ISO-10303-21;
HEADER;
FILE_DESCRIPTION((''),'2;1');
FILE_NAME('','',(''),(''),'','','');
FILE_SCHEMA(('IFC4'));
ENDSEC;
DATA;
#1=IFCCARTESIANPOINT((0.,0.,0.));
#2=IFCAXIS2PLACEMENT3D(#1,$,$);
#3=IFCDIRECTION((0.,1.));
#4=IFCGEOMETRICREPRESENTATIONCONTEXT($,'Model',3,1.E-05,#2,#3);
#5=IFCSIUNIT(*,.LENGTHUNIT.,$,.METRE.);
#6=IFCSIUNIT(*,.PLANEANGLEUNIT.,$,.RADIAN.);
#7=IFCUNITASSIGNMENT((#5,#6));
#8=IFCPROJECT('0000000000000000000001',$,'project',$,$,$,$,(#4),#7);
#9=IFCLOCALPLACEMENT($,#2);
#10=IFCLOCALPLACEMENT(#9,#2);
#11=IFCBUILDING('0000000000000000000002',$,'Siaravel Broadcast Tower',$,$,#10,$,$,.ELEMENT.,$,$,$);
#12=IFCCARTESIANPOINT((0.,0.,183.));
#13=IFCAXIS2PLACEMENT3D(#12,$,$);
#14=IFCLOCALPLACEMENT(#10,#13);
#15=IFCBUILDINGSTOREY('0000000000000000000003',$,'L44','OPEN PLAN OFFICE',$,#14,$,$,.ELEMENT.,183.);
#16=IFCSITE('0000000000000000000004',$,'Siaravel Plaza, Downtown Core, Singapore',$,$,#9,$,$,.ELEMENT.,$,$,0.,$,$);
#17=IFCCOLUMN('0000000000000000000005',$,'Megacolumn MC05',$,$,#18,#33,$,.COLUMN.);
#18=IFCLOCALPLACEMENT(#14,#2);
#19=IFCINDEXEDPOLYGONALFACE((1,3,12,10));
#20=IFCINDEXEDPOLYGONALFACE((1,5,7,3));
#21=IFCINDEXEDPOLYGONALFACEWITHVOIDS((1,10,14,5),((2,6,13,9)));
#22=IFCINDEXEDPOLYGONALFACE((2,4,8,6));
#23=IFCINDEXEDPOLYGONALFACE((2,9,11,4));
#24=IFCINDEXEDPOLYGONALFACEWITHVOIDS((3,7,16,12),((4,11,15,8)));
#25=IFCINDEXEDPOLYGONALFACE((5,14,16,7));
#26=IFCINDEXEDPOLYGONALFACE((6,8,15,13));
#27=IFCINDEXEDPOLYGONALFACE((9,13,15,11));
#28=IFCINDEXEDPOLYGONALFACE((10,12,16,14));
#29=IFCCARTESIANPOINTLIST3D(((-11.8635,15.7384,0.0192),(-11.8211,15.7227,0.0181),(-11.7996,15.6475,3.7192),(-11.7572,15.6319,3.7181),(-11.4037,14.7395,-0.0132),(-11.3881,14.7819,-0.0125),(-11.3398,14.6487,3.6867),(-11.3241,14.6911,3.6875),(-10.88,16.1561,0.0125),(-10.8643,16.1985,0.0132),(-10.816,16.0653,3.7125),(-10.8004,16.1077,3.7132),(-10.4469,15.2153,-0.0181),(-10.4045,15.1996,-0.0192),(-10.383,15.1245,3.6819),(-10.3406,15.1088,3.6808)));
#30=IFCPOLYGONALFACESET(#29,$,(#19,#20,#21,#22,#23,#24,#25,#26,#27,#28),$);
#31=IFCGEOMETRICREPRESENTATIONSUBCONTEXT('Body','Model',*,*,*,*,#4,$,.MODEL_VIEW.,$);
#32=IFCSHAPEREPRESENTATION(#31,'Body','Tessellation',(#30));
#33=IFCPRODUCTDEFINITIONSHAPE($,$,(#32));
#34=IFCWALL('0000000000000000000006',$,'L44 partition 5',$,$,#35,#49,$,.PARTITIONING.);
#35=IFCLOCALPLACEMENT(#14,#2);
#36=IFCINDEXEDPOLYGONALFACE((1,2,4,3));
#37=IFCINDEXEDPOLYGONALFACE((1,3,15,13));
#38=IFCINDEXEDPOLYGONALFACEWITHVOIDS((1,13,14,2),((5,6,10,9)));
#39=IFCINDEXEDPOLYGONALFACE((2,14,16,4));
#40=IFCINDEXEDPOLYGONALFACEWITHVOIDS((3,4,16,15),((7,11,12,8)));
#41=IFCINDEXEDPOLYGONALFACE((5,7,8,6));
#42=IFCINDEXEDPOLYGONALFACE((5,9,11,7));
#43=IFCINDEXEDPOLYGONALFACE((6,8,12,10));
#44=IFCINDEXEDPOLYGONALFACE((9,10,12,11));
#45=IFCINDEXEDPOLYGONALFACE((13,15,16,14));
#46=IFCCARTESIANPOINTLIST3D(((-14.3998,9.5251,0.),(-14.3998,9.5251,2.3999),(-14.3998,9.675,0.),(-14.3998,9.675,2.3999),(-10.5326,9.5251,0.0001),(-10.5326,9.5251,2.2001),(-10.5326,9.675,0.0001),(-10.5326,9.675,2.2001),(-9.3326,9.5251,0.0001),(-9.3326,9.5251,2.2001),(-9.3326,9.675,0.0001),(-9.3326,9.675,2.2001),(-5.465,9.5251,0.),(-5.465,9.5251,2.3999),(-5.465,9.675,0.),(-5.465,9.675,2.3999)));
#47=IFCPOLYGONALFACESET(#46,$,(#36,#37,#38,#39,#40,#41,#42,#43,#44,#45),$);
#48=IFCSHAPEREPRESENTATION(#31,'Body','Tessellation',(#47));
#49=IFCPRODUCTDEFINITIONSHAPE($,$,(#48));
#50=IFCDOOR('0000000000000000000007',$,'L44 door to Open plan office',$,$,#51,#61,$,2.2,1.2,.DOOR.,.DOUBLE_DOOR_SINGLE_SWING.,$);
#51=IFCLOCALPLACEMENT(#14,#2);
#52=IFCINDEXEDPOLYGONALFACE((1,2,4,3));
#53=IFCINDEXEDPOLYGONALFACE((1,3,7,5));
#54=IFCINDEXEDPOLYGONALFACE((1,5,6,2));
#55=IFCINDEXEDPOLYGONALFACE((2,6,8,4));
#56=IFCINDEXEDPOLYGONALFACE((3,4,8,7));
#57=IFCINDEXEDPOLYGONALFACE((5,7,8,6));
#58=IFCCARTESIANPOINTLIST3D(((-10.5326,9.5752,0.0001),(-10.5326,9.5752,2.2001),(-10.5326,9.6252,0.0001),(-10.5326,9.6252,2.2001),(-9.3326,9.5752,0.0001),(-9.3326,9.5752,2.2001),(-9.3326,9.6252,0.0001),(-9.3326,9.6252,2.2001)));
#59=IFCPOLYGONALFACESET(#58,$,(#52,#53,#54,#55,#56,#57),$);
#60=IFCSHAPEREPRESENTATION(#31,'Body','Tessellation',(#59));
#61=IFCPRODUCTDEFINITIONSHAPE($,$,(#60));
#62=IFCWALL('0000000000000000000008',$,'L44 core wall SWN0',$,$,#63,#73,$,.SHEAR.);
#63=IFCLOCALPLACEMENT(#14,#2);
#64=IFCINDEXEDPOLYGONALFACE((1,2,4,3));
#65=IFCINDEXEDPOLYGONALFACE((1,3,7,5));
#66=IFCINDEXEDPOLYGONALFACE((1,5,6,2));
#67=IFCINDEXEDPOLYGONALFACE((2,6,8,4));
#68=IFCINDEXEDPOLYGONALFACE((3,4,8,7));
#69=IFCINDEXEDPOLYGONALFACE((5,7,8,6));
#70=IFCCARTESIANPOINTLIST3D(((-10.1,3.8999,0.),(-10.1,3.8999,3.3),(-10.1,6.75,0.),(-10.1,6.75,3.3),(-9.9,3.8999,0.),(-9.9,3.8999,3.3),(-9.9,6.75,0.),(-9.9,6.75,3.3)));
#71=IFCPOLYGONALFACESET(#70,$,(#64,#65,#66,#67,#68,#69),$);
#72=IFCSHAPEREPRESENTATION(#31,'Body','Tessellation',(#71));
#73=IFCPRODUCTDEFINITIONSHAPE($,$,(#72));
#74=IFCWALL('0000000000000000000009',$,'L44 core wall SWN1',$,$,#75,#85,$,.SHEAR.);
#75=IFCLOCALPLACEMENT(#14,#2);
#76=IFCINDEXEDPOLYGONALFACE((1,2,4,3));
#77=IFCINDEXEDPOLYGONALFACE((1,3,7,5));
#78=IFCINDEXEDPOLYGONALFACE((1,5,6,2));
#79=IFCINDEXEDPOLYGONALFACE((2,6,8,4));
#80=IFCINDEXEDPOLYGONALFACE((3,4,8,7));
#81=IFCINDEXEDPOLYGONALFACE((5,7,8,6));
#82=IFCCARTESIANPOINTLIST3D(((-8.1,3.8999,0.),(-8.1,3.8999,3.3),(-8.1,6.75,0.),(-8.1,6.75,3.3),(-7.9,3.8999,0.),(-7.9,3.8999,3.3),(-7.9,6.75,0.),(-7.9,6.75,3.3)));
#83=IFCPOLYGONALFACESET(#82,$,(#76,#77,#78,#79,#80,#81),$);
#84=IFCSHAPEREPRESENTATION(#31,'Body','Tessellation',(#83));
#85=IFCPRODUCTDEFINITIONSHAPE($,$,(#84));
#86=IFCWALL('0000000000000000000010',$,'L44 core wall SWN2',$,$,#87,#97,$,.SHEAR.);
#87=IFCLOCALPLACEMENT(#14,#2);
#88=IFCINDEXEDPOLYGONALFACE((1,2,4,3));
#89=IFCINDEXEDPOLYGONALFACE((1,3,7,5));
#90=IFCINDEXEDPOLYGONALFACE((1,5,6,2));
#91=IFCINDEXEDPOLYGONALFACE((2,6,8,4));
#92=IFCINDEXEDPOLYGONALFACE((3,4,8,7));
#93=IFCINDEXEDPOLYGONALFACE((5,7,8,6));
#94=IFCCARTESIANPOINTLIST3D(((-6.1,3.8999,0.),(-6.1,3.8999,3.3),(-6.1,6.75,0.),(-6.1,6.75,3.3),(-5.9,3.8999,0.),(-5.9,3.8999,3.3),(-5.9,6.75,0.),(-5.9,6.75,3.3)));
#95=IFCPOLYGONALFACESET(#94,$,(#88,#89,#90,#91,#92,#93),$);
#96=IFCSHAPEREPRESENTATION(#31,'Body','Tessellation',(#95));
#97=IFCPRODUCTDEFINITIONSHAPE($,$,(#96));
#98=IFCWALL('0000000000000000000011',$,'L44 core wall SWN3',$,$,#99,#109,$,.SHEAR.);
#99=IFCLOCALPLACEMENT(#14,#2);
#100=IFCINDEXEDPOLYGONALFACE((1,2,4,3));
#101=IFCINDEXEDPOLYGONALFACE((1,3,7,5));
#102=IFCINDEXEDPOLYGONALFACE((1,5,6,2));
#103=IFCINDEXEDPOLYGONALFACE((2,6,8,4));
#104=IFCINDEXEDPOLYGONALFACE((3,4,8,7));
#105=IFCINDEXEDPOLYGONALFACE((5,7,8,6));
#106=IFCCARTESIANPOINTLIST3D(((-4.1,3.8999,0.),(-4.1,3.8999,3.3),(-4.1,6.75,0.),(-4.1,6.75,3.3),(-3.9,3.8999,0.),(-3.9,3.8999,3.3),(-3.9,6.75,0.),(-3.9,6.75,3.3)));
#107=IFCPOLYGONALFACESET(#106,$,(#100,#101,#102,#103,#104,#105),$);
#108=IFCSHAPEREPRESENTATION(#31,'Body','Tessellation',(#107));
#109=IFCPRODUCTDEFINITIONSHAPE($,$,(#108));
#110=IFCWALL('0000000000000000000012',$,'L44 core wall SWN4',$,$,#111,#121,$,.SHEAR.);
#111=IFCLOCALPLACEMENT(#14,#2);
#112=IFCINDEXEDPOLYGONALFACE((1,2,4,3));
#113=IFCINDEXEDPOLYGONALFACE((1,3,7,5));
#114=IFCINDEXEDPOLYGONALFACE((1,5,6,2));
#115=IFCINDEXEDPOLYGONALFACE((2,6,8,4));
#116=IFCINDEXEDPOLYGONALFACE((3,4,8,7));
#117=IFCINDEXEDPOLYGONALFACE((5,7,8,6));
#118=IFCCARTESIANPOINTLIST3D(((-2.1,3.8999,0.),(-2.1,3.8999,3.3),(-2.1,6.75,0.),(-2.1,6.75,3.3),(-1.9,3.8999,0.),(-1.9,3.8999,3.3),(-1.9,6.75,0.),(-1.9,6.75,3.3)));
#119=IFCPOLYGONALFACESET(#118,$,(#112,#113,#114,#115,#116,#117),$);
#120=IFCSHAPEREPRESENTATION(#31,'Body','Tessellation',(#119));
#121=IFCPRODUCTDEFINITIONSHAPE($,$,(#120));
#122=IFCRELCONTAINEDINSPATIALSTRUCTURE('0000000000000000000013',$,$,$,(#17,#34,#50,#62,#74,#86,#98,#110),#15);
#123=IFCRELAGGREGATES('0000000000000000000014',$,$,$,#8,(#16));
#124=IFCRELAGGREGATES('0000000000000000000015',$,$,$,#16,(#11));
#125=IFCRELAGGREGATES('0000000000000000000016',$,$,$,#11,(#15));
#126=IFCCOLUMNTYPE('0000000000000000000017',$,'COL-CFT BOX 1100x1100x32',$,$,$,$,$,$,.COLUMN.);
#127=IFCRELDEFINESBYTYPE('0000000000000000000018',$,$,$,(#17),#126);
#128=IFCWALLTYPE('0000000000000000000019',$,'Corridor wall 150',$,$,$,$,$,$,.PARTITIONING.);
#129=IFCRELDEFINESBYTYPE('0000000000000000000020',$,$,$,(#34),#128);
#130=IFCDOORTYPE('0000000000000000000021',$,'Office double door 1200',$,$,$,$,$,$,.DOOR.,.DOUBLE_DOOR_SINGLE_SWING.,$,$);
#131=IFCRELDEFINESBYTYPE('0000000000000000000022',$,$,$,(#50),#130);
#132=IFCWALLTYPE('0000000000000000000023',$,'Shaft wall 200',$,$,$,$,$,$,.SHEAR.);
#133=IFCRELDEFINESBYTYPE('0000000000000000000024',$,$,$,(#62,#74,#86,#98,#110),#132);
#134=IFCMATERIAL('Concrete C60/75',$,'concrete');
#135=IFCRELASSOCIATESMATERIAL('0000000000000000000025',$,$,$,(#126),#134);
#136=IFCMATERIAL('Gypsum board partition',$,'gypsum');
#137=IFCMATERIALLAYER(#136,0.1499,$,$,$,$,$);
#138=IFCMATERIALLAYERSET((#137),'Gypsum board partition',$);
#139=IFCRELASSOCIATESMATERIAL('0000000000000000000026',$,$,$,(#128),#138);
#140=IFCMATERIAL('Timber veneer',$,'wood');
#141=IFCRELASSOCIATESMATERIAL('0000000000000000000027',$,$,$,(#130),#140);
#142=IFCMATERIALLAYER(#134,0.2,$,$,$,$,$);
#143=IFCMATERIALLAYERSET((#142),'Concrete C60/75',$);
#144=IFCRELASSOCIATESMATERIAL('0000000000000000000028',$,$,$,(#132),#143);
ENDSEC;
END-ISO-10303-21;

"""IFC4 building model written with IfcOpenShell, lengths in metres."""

from ifc_helpers import new_model, si_unit, direction, frame, frame_2d, origin, origin_2d, place, context, subcontext, project, spatial, rectangle, hollow_rectangle, extrude, material, layer, layer_set, material_profile, profile_set, type_object, element, fill, save


model = new_model("IFC4")

# Units and contexts
model_context = context("Model", 3, precision=1e-05, world=origin(), true_north=direction((0.0, 1.0)))
body_context = subcontext(model_context, "Body", "Model", "MODEL_VIEW")
ifc_project = project(units=[si_unit("LENGTHUNIT", "METRE"), si_unit("PLANEANGLEUNIT", "RADIAN")], contexts=[model_context])

# Site, building, storey
site_placement = place(None, origin())
site = spatial("IfcSite", under=ifc_project, at=site_placement, Name="Siaravel Plaza, Downtown Core, Singapore", CompositionType="ELEMENT", RefElevation=0.0)
building_placement = place(site_placement, origin())
building = spatial("IfcBuilding", under=site, at=building_placement, Name="Siaravel Broadcast Tower", CompositionType="ELEMENT")
storey_placement = place(building_placement, frame((0.0, 0.0, 183.0)))
storey = spatial("IfcBuildingStorey", under=building, at=storey_placement, Name="L44", Description="OPEN PLAN OFFICE", CompositionType="ELEMENT", Elevation=183.0)

# Column
ifc_material_1 = material(Name="Concrete C60/75", Category="concrete")
ifc_material_profile = material_profile(ifc_material_1, hollow_rectangle(XDim=1.1001, YDim=1.1001, WallThickness=0.032, at=origin_2d()))
ifc_profile_set = profile_set([ifc_material_profile], Name="Concrete C60/75")
column_type = type_object("IfcColumnType", Name="COL-CFT BOX 1100x1100x32", PredefinedType="COLUMN", material=ifc_profile_set)
column_placement = place(storey_placement, frame((-11.134, 15.469, 0.0), z_axis=(0.01728, -0.024535, 0.99955), x_axis=(0.9083, 0.418284, -0.005435)))
element("IfcColumn", 1, at=column_placement, inside=storey, type_object=column_type, Name="Megacolumn MC05", PredefinedType="COLUMN", context=body_context, shape_type="SweptSolid", body=[
    extrude(hollow_rectangle(XDim=1.1001, YDim=1.1001, WallThickness=0.032, at=origin_2d()), origin(), (0.0, 0.0, 1.0), 3.7017),
])

# Shared definitions
ifc_material_2 = material(Name="Timber veneer", Category="wood")

# Wall, opening, door
ifc_material_3 = material(Name="Gypsum board partition", Category="gypsum")
ifc_layer_1 = layer(ifc_material_3, 0.1499)
ifc_layer_set_1 = layer_set([ifc_layer_1], Name="Gypsum board partition")
wall_type_1 = type_object("IfcWallType", Name="Corridor wall 150", PredefinedType="PARTITIONING", material=ifc_layer_set_1)
wall_1_placement = place(storey_placement, frame((-5.4651, 9.6001, 0.0), z_axis=(0.0, 0.0, 1.0), x_axis=(-1.0, 0.0, 0.0)))
wall_1 = element("IfcWall", 2, at=wall_1_placement, inside=storey, type_object=wall_type_1, Name="L44 partition 5", PredefinedType="PARTITIONING", context=body_context, shape_type="SweptSolid", body=[
    extrude(rectangle(XDim=8.9348, YDim=0.1499, at=frame_2d((4.4673, 0.0))), origin(), (0.0, 0.0, 1.0), 2.3999),
])
opening_1_placement = place(wall_1_placement, frame((3.8674, 0.0, 0.0)))
opening_1 = element("IfcOpeningElement", 3, at=opening_1_placement, cuts=wall_1, PredefinedType="OPENING", context=body_context, shape_type="SweptSolid", body=[
    extrude(rectangle(XDim=1.2, YDim=2.2, at=frame_2d((0.6001, 1.1001))), frame((0.0, 0.085, 0.0), z_axis=(0.0, -1.0, 0.0), x_axis=(1.0, 0.0, 0.0)), (0.0, 0.0, 1.0), 0.1699),
])
door_type_1 = type_object("IfcDoorType", Name="Office double door 1200", OperationType="DOUBLE_DOOR_SINGLE_SWING", PredefinedType="DOOR", material=ifc_material_2)
door_1_placement = place(opening_1_placement, origin())
door_1 = element("IfcDoor", 4, at=door_1_placement, inside=storey, type_object=door_type_1, Name="L44 door to Open plan office", OperationType="DOUBLE_DOOR_SINGLE_SWING", OverallHeight=2.2, OverallWidth=1.2, PredefinedType="DOOR", context=body_context, shape_type="SweptSolid", body=[
    extrude(rectangle(XDim=1.2, YDim=2.2, at=frame_2d((0.6001, 1.1001))), frame((0.0, 0.0249, 0.0), z_axis=(0.0, -1.0, 0.0), x_axis=(1.0, 0.0, 0.0)), (0.0, 0.0, 1.0), 0.05),
])
fill(opening_1, door_1)

# Walls
ifc_layer_2 = layer(ifc_material_1, 0.2)
ifc_layer_set_2 = layer_set([ifc_layer_2], Name="Concrete C60/75")
wall_type_2 = type_object("IfcWallType", Name="Shaft wall 200", PredefinedType="SHEAR", material=ifc_layer_set_2)
for number, where, z_axis, x_axis, name in (
    (5, (-10.0, 3.8999, 0.0), (0.0, 0.0, 1.0), (0.0, 1.0, 0.0), "L44 core wall SWN0"),
    (6, (-8.0, 3.8999, 0.0), (0.0, 0.0, 1.0), (0.0, 1.0, 0.0), "L44 core wall SWN1"),
    (7, (-6.0, 3.8999, 0.0), (0.0, 0.0, 1.0), (0.0, 1.0, 0.0), "L44 core wall SWN2"),
    (8, (-4.0, 3.8999, 0.0), (0.0, 0.0, 1.0), (0.0, 1.0, 0.0), "L44 core wall SWN3"),
    (9, (-2.0, 3.8999, 0.0), (0.0, 0.0, 1.0), (0.0, 1.0, 0.0), "L44 core wall SWN4"),
):
    element("IfcWall", number, at=place(storey_placement, frame(where, z_axis=z_axis, x_axis=x_axis)), inside=storey, type_object=wall_type_2, Name=name, PredefinedType="SHEAR", context=body_context, shape_type="SweptSolid", body=[
        extrude(rectangle(XDim=2.8501, YDim=0.2, at=frame_2d((1.425, 0.0))), origin(), (0.0, 0.0, 1.0), 3.3),
    ])

save(model, "model.ifc")
